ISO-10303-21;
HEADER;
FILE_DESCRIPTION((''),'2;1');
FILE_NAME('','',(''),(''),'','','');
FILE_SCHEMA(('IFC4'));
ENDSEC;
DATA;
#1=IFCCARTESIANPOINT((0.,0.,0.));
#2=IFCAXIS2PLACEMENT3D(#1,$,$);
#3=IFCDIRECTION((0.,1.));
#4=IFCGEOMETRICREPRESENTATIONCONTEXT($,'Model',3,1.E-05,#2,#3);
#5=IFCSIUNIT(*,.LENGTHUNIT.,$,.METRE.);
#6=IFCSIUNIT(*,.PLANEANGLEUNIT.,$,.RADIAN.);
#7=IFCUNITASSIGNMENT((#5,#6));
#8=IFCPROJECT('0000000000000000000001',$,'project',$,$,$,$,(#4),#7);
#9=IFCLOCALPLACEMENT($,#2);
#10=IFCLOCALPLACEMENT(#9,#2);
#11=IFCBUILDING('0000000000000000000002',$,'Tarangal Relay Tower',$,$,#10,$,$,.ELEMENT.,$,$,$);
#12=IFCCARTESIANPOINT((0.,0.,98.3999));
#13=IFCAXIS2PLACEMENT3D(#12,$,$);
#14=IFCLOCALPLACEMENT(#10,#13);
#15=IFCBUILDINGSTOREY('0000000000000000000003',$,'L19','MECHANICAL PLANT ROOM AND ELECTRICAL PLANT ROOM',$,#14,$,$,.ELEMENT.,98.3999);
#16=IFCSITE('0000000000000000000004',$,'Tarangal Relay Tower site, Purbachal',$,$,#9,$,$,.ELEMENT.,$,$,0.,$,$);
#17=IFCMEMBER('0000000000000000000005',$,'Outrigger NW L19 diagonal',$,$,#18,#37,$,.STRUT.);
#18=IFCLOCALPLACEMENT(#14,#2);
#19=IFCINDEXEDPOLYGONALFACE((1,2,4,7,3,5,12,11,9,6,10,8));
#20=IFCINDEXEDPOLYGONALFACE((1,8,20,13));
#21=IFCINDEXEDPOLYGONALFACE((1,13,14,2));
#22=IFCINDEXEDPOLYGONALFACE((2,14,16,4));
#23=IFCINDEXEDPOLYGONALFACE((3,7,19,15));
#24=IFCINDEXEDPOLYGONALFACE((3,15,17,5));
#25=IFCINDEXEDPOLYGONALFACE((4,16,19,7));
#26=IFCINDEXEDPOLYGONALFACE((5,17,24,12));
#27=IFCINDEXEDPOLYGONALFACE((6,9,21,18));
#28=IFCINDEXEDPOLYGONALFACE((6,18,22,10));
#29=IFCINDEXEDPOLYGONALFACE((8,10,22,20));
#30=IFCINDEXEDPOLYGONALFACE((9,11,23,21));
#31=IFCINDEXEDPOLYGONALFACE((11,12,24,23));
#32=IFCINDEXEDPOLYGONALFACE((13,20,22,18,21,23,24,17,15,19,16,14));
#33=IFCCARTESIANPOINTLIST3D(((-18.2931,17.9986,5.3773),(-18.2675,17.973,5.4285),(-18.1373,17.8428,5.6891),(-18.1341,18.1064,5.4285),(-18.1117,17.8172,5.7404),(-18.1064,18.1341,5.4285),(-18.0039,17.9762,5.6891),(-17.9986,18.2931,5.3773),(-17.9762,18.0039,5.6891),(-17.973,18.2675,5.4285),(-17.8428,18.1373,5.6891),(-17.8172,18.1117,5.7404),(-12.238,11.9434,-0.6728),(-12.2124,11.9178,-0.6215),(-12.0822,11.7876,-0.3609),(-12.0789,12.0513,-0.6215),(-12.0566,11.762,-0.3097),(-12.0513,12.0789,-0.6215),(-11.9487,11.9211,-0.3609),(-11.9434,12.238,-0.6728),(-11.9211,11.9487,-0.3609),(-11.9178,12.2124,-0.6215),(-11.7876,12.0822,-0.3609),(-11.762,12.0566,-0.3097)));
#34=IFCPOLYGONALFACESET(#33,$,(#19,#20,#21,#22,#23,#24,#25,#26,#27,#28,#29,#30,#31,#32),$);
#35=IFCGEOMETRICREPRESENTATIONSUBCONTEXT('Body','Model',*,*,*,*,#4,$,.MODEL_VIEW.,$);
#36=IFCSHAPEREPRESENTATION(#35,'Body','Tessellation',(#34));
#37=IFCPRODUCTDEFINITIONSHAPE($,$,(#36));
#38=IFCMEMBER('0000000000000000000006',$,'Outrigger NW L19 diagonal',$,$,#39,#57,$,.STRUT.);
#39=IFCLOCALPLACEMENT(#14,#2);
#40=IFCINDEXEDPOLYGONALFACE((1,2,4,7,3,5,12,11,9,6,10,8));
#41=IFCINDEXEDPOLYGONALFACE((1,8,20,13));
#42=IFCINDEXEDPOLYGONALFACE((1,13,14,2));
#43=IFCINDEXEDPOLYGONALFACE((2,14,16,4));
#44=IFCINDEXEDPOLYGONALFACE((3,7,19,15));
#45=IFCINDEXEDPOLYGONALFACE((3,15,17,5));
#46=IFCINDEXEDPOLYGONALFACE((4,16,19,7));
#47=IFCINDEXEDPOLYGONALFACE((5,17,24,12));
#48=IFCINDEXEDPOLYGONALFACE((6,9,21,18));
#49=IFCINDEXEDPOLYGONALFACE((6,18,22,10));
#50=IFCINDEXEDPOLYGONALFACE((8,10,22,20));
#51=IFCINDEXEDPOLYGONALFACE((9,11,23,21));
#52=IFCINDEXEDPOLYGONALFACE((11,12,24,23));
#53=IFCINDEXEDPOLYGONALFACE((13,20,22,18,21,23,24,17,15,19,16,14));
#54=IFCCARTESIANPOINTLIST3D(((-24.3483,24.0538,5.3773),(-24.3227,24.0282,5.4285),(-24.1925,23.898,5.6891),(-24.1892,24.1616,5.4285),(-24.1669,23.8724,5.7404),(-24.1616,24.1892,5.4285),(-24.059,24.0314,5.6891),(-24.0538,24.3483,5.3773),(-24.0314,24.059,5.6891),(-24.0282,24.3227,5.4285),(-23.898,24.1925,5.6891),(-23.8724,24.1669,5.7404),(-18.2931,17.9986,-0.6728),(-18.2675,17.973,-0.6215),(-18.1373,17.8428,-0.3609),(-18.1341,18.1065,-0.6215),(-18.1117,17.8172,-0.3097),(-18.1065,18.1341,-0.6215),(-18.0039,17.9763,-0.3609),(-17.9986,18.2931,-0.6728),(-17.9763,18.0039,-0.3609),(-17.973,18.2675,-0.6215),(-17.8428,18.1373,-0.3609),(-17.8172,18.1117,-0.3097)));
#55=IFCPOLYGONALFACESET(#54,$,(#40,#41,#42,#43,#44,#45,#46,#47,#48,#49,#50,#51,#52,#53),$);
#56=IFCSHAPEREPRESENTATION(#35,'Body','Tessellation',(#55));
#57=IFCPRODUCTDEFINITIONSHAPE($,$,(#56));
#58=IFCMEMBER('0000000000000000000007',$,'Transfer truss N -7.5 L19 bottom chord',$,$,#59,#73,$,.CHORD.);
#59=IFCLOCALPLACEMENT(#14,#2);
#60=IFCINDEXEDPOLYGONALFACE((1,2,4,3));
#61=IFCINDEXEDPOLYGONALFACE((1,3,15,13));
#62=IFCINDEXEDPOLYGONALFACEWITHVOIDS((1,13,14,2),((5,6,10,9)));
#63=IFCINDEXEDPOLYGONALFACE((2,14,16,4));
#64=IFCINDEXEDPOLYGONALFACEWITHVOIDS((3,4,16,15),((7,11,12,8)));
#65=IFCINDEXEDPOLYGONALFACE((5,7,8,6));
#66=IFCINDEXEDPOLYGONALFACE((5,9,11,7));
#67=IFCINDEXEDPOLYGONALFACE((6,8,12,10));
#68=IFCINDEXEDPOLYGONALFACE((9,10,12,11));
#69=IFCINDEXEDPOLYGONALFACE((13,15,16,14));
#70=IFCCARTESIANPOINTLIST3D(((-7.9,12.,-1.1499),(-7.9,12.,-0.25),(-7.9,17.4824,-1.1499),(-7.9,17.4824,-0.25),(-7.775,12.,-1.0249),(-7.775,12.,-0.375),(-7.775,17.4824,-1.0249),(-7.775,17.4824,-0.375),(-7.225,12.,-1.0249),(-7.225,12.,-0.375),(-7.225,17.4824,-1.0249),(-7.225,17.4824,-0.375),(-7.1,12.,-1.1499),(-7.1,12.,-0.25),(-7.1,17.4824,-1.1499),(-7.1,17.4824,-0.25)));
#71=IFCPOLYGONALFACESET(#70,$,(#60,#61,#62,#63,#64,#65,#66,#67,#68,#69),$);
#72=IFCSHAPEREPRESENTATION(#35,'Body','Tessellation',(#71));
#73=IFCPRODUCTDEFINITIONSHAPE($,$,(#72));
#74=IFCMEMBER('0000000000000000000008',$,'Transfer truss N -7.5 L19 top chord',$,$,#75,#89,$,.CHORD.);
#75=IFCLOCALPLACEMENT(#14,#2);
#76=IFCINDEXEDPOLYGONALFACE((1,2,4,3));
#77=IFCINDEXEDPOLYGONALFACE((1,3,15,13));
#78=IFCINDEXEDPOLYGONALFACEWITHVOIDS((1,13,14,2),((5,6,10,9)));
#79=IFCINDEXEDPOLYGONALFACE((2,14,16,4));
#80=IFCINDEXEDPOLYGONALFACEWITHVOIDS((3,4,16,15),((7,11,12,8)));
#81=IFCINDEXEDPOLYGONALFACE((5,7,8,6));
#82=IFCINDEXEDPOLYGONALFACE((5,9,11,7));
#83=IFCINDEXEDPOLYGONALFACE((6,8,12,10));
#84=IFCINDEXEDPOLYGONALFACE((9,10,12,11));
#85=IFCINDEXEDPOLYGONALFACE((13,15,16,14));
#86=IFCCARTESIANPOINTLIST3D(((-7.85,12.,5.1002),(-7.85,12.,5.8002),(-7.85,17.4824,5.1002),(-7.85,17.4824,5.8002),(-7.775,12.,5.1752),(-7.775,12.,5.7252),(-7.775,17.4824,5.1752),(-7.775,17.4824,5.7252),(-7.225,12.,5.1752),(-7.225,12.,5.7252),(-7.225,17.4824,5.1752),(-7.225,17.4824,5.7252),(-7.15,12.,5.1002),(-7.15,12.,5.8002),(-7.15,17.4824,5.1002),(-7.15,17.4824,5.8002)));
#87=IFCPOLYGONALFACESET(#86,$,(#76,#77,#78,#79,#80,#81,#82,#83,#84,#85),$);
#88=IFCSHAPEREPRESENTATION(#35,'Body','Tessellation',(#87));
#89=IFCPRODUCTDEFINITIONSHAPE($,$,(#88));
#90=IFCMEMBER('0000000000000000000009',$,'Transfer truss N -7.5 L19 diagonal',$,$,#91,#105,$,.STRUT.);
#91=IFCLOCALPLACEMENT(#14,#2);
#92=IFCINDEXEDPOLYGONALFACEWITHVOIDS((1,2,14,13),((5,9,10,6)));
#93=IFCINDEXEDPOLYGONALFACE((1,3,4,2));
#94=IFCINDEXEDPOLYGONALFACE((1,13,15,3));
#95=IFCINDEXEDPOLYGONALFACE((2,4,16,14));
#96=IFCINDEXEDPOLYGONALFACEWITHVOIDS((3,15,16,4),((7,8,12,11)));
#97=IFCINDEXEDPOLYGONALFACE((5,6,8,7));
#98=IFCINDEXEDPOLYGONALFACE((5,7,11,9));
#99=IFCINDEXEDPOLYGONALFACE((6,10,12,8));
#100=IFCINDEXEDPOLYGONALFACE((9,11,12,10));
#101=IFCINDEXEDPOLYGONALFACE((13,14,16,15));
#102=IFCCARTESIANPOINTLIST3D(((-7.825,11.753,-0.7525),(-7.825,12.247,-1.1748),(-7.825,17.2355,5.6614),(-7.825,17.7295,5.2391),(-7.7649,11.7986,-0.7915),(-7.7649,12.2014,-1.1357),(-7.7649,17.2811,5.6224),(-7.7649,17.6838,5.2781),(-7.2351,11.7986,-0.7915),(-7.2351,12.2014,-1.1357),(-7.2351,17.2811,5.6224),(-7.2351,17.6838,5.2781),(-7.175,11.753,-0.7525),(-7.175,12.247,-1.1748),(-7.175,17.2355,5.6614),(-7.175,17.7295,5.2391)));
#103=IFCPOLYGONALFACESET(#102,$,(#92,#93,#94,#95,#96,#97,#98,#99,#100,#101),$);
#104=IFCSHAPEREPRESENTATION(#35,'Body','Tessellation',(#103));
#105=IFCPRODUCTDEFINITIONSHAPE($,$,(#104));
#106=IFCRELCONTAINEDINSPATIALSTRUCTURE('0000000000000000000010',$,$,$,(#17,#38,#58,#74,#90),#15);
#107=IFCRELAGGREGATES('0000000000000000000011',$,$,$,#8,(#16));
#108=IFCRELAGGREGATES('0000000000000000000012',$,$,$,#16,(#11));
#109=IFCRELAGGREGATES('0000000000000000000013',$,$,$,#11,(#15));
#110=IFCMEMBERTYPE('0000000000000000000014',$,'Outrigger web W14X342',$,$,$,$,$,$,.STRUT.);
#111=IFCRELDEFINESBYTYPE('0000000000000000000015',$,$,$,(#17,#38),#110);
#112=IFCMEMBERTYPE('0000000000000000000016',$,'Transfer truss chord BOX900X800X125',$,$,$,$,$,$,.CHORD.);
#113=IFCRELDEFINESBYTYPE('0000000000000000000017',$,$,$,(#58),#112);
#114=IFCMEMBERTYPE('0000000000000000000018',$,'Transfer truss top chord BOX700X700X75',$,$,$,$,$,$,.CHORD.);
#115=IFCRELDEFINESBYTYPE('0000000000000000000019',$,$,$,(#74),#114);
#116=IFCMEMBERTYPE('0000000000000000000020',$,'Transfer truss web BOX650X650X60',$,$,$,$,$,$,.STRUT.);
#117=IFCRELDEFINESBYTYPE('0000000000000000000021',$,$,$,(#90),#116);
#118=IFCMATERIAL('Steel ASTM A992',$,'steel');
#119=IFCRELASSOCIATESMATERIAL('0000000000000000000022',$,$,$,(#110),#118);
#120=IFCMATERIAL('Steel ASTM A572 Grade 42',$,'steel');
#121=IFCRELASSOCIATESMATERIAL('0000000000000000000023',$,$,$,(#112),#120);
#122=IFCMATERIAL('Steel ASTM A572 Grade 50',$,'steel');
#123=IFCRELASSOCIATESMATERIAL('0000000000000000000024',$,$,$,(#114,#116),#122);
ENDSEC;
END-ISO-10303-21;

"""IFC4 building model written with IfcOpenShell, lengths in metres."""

from ifc_helpers import new_model, si_unit, direction, frame, origin, origin_2d, place, context, subcontext, project, spatial, hollow_rectangle, i_section, extrude, material, material_profile, profile_set, type_object, element, save


model = new_model("IFC4")

# Units and contexts
model_context = context("Model", 3, precision=1e-05, world=origin(), true_north=direction((0.0, 1.0)))
body_context = subcontext(model_context, "Body", "Model", "MODEL_VIEW")
ifc_project = project(units=[si_unit("LENGTHUNIT", "METRE"), si_unit("PLANEANGLEUNIT", "RADIAN")], contexts=[model_context])

# Site, building, storey
site_placement = place(None, origin())
site = spatial("IfcSite", under=ifc_project, at=site_placement, Name="Tarangal Relay Tower site, Purbachal", CompositionType="ELEMENT", RefElevation=0.0)
building_placement = place(site_placement, origin())
building = spatial("IfcBuilding", under=site, at=building_placement, Name="Tarangal Relay Tower", CompositionType="ELEMENT")
storey_placement = place(building_placement, frame((0.0, 0.0, 98.3999)))
storey = spatial("IfcBuildingStorey", under=building, at=storey_placement, Name="L19", Description="MECHANICAL PLANT ROOM AND ELECTRICAL PLANT ROOM", CompositionType="ELEMENT", Elevation=98.3999)

# Shared definitions
ifc_material_1 = material(Name="Steel ASTM A572 Grade 42", Category="steel")

# Shared definitions
ifc_material_2 = material(Name="Steel ASTM A992", Category="steel")
ifc_material_3 = material(Name="Steel ASTM A572 Grade 50", Category="steel")

# Members
ifc_material_profile_1 = material_profile(ifc_material_2, i_section(OverallWidth=0.4165, OverallDepth=0.4446, WebThickness=0.0391, FlangeThickness=0.0627, at=origin_2d()), Name="W14X342")
ifc_profile_set_1 = profile_set([ifc_material_profile_1], Name="Steel ASTM A992")
member_type_1 = type_object("IfcMemberType", Name="Outrigger web W14X342", PredefinedType="STRUT", material=ifc_profile_set_1)
for number, where, z_axis, x_axis, name in (
    (1, (-12.0, 12.0, -0.4912), (-0.577513, 0.577513, 0.577024), (-0.707107, -0.707107, 0.0), "Outrigger NW L19 diagonal"),
    (2, (-18.0552, 18.0552, -0.4912), (-0.577513, 0.577513, 0.577024), (-0.707107, -0.707107, 0.0), "Outrigger NW L19 diagonal"),
):
    element("IfcMember", number, at=place(storey_placement, frame(where, z_axis=z_axis, x_axis=x_axis)), inside=storey, type_object=member_type_1, Name=name, PredefinedType="STRUT", context=body_context, shape_type="SweptSolid", body=[
        extrude(i_section(OverallWidth=0.4165, OverallDepth=0.4446, WebThickness=0.0391, FlangeThickness=0.0627, at=origin_2d()), origin(), (0.0, 0.0, 1.0), 10.4849),
    ])
ifc_material_profile_2 = material_profile(ifc_material_1, hollow_rectangle(XDim=0.8, YDim=0.8999, WallThickness=0.125, at=origin_2d()), Name="BOX900X800X125")
ifc_profile_set_2 = profile_set([ifc_material_profile_2], Name="Steel ASTM A572 Grade 42")
member_type_2 = type_object("IfcMemberType", Name="Transfer truss chord BOX900X800X125", PredefinedType="CHORD", material=ifc_profile_set_2)
member_1_placement = place(storey_placement, frame((-7.5, 12.0, -0.7), z_axis=(0.0, 1.0, 0.0), x_axis=(-1.0, 0.0, 0.0)))
element("IfcMember", 3, at=member_1_placement, inside=storey, type_object=member_type_2, Name="Transfer truss N -7.5 L19 bottom chord", PredefinedType="CHORD", context=body_context, shape_type="SweptSolid", body=[
    extrude(hollow_rectangle(XDim=0.8, YDim=0.8999, WallThickness=0.125, at=origin_2d()), origin(), (0.0, 0.0, 1.0), 5.4824),
])
ifc_material_profile_3 = material_profile(ifc_material_3, hollow_rectangle(XDim=0.7, YDim=0.7, WallThickness=0.075, at=origin_2d()), Name="BOX700X700X75")
ifc_profile_set_3 = profile_set([ifc_material_profile_3], Name="Steel ASTM A572 Grade 50")
member_type_3 = type_object("IfcMemberType", Name="Transfer truss top chord BOX700X700X75", PredefinedType="CHORD", material=ifc_profile_set_3)
member_2_placement = place(storey_placement, frame((-7.5, 12.0, 5.4502), z_axis=(0.0, 1.0, 0.0), x_axis=(-1.0, 0.0, 0.0)))
element("IfcMember", 4, at=member_2_placement, inside=storey, type_object=member_type_3, Name="Transfer truss N -7.5 L19 top chord", PredefinedType="CHORD", context=body_context, shape_type="SweptSolid", body=[
    extrude(hollow_rectangle(XDim=0.7, YDim=0.7, WallThickness=0.075, at=origin_2d()), origin(), (0.0, 0.0, 1.0), 5.4824),
])
ifc_material_profile_4 = material_profile(ifc_material_3, hollow_rectangle(XDim=0.6499, YDim=0.6499, WallThickness=0.0601, at=origin_2d()), Name="BOX650X650X60")
ifc_profile_set_4 = profile_set([ifc_material_profile_4], Name="Steel ASTM A572 Grade 50")
member_type_4 = type_object("IfcMemberType", Name="Transfer truss web BOX650X650X60", PredefinedType="STRUT", material=ifc_profile_set_4)
member_3_placement = place(storey_placement, frame((-7.5, 12.0, -0.9636), z_axis=(0.0, 0.649757, 0.760142), x_axis=(-1.0, 0.0, 0.0)))
element("IfcMember", 5, at=member_3_placement, inside=storey, type_object=member_type_4, Name="Transfer truss N -7.5 L19 diagonal", PredefinedType="STRUT", context=body_context, shape_type="SweptSolid", body=[
    extrude(hollow_rectangle(XDim=0.6499, YDim=0.6499, WallThickness=0.0601, at=origin_2d()), origin(), (0.0, 0.0, 1.0), 8.4377),
])

save(model, "model.ifc")
